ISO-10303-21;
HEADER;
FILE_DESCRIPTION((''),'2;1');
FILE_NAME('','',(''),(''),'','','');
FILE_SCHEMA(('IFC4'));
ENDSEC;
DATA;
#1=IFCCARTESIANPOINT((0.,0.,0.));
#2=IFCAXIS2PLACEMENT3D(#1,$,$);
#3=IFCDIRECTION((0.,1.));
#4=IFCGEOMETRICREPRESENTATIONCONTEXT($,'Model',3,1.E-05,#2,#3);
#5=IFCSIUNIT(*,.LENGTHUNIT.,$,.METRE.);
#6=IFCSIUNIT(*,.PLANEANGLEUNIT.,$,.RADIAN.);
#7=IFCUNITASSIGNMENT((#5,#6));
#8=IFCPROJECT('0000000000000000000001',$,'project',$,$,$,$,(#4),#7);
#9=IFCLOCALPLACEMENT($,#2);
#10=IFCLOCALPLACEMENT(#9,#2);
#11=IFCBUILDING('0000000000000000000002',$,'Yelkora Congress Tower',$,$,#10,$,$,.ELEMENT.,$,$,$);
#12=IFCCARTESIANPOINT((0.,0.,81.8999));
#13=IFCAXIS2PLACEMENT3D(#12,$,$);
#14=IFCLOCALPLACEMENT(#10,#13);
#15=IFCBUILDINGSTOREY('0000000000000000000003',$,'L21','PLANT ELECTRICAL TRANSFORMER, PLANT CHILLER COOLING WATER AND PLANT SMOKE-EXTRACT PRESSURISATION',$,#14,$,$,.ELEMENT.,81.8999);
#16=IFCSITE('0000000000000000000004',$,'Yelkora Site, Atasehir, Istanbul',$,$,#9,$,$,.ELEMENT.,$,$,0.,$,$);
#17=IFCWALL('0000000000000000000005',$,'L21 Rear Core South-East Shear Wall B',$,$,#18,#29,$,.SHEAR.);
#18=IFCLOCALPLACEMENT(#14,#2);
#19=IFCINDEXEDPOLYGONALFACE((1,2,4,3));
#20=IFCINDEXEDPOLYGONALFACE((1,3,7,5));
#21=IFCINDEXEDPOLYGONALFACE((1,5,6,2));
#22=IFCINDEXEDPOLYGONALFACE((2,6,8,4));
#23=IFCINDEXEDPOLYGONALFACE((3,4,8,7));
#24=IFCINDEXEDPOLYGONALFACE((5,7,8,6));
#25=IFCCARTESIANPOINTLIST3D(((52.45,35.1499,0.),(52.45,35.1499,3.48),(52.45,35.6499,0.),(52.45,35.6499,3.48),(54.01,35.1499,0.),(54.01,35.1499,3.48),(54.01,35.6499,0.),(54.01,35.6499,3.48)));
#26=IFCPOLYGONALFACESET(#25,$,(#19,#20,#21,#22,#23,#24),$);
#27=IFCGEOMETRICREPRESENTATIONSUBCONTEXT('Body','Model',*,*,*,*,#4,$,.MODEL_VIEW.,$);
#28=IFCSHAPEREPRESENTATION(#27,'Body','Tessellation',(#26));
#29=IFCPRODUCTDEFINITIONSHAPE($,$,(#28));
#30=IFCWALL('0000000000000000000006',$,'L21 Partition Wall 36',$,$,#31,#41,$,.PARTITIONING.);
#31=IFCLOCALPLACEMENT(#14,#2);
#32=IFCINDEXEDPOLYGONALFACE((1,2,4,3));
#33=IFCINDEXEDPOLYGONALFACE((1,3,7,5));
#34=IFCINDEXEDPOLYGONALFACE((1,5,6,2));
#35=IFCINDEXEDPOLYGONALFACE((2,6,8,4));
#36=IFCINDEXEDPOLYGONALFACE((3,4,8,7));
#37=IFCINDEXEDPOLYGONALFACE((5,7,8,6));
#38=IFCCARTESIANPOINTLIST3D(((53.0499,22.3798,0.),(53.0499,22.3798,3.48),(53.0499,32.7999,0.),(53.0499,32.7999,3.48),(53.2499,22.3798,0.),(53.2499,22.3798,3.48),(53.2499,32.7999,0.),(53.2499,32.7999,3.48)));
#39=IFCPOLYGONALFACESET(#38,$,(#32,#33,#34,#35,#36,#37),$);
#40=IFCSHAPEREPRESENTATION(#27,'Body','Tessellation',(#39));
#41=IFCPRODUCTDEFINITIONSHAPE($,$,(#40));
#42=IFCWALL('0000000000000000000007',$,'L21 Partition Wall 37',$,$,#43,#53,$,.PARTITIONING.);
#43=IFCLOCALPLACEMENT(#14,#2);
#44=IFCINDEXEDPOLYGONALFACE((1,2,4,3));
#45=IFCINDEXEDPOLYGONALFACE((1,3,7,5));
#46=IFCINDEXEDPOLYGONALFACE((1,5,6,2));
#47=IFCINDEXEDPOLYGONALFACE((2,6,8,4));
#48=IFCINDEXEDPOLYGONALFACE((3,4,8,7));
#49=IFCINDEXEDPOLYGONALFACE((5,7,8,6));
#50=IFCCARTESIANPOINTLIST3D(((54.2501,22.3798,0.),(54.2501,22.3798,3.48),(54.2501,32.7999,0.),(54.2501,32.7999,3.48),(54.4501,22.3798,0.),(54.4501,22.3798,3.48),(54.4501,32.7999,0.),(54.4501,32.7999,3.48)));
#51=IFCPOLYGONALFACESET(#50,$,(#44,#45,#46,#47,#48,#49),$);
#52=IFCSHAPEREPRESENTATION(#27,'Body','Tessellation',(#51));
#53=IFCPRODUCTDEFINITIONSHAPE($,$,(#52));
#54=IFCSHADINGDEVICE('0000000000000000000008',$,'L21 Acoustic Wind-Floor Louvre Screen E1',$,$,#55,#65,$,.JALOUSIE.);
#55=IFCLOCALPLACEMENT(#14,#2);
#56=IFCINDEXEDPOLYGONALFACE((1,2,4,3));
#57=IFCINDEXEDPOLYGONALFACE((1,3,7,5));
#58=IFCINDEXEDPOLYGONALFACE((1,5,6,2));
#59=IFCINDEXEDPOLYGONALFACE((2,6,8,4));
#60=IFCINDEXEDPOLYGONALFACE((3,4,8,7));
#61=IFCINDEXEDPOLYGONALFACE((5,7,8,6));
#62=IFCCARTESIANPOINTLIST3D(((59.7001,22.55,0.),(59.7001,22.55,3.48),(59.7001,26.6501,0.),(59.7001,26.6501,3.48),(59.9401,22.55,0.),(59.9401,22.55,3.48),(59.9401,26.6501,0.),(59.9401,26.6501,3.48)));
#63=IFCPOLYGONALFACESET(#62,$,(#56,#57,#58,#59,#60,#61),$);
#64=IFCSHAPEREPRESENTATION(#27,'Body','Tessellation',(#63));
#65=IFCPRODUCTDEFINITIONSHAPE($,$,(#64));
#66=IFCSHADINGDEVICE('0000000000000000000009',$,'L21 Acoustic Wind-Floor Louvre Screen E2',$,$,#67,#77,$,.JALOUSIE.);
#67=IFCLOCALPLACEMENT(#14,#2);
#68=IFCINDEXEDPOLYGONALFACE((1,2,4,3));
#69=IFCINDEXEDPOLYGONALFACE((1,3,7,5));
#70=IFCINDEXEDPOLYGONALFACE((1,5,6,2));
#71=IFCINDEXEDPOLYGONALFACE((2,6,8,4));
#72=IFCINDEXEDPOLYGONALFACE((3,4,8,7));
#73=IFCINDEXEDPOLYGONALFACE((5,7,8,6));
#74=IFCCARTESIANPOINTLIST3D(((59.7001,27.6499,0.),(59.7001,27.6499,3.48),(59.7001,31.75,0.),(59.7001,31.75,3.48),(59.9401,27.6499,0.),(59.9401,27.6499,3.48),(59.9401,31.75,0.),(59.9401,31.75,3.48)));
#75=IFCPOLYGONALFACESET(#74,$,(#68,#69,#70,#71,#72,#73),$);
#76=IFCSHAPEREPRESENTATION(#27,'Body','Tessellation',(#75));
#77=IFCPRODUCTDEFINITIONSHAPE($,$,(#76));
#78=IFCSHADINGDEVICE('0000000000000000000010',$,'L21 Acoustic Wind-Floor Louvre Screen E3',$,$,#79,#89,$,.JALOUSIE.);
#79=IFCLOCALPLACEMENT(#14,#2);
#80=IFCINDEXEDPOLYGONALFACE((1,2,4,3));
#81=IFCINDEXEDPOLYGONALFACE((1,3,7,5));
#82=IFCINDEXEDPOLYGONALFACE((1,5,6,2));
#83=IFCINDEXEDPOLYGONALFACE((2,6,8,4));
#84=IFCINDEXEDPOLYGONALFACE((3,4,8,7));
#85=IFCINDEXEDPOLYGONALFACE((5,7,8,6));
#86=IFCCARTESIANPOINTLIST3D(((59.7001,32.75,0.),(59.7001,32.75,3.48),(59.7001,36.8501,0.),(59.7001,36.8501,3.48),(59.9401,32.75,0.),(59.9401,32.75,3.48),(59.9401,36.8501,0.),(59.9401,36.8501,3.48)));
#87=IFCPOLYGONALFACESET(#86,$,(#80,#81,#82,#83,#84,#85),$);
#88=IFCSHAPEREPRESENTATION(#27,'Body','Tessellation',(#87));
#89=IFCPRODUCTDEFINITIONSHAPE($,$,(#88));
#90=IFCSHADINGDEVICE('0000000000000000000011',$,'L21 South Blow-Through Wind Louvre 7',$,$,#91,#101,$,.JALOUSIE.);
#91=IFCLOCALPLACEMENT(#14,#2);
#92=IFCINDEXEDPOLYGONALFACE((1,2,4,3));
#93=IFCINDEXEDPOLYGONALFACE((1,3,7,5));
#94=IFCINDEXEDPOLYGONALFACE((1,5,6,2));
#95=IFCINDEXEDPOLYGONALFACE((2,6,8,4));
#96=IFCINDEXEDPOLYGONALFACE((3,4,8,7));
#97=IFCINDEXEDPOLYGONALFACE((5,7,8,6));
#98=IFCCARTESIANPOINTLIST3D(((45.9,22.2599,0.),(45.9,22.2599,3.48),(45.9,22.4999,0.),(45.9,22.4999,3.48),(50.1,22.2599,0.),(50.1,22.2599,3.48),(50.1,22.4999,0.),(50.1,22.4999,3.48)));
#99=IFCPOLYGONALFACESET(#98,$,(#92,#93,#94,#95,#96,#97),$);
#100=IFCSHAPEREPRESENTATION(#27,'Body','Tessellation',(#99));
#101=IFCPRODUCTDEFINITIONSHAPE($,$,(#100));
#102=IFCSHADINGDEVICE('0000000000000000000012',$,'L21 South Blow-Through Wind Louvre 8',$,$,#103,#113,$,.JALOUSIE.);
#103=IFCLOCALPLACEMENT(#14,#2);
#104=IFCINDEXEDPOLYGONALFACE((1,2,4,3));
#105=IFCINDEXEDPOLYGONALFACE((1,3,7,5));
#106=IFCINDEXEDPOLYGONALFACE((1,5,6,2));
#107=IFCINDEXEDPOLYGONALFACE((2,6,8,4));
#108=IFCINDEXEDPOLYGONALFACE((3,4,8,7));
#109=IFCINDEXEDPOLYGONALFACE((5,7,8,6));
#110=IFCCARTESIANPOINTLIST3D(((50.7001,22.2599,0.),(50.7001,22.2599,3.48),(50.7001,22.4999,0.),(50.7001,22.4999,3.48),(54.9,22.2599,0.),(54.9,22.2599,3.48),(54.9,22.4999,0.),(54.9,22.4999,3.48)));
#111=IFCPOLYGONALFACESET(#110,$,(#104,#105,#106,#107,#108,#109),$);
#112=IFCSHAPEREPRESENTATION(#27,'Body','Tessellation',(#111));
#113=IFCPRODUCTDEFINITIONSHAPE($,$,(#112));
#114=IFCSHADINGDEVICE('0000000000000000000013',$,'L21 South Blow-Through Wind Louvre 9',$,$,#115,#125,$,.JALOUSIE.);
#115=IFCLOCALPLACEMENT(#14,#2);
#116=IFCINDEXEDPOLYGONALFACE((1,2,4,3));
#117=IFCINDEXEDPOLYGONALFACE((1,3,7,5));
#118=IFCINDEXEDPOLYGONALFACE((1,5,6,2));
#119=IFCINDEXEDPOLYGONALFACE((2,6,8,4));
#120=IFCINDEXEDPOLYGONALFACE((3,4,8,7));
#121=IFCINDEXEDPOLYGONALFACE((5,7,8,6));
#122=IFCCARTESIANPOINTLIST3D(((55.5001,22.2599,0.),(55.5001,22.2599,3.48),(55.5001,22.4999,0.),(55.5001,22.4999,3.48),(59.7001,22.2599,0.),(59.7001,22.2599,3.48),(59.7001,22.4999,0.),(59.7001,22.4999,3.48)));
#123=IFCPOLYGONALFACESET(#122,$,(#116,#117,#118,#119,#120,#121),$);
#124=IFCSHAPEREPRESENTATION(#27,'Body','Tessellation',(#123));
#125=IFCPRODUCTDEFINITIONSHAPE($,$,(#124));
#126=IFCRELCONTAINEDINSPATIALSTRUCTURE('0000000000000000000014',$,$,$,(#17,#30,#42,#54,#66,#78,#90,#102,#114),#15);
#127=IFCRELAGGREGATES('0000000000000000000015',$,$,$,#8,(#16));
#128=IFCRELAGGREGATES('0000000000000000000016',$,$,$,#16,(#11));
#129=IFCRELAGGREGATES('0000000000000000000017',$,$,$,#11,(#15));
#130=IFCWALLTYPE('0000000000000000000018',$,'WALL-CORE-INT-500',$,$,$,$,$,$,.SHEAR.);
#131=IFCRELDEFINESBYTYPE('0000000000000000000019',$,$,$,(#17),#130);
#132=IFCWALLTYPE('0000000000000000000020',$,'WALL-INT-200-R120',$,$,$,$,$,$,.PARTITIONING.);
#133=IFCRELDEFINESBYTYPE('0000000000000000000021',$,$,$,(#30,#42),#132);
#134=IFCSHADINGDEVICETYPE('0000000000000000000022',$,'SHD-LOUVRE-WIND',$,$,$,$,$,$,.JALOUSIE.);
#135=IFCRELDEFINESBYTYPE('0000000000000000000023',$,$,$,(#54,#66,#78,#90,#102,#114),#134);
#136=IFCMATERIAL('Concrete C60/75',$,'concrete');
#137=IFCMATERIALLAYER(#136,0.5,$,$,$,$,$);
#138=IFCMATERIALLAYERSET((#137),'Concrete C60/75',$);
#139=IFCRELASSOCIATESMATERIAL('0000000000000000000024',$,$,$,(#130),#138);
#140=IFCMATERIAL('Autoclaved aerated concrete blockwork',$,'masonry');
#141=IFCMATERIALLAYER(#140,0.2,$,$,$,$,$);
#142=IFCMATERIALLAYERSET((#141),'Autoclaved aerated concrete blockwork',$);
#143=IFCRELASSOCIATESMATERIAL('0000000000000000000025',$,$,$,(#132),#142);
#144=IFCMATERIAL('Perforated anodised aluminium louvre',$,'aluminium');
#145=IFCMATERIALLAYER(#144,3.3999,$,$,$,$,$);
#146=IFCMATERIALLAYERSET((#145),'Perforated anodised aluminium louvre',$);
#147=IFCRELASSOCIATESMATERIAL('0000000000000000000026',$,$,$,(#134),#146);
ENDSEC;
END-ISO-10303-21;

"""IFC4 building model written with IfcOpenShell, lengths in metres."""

from ifc_helpers import new_model, si_unit, direction, frame, frame_2d, origin, origin_2d, place, context, subcontext, project, spatial, rectangle, extrude, material, layer, layer_set, type_object, element, save


model = new_model("IFC4")

# Units and contexts
model_context = context("Model", 3, precision=1e-05, world=origin(), true_north=direction((0.0, 1.0)))
body_context = subcontext(model_context, "Body", "Model", "MODEL_VIEW")
ifc_project = project(units=[si_unit("LENGTHUNIT", "METRE"), si_unit("PLANEANGLEUNIT", "RADIAN")], contexts=[model_context])

# Site, building, storey
site_placement = place(None, origin())
site = spatial("IfcSite", under=ifc_project, at=site_placement, Name="Yelkora Site, Atasehir, Istanbul", CompositionType="ELEMENT", RefElevation=0.0)
building_placement = place(site_placement, origin())
building = spatial("IfcBuilding", under=site, at=building_placement, Name="Yelkora Congress Tower", CompositionType="ELEMENT")
storey_placement = place(building_placement, frame((0.0, 0.0, 81.8999)))
storey = spatial("IfcBuildingStorey", under=building, at=storey_placement, Name="L21", Description="PLANT ELECTRICAL TRANSFORMER, PLANT CHILLER COOLING WATER AND PLANT SMOKE-EXTRACT PRESSURISATION", CompositionType="ELEMENT", Elevation=81.8999)

# Shared definitions
ifc_material_1 = material(Name="Concrete C60/75", Category="concrete")

# Wall
ifc_layer_1 = layer(ifc_material_1, 0.5)
ifc_layer_set_1 = layer_set([ifc_layer_1], Name="Concrete C60/75")
wall_type_1 = type_object("IfcWallType", Name="WALL-CORE-INT-500", PredefinedType="SHEAR", material=ifc_layer_set_1)
wall_1_placement = place(storey_placement, frame((52.45, 35.3999, 0.0), z_axis=(0.0, 0.0, 1.0), x_axis=(1.0, 0.0, 0.0)))
element("IfcWall", 1, at=wall_1_placement, inside=storey, type_object=wall_type_1, Name="L21 Rear Core South-East Shear Wall B", PredefinedType="SHEAR", context=body_context, shape_type="SweptSolid", body=[
    extrude(rectangle(XDim=1.5601, YDim=0.5, at=frame_2d((0.78, 0.0))), origin(), (0.0, 0.0, 1.0), 3.48),
])

# Shared definitions
ifc_material_2 = material(Name="Autoclaved aerated concrete blockwork", Category="masonry")
ifc_layer_2 = layer(ifc_material_2, 0.2)
ifc_layer_set_2 = layer_set([ifc_layer_2], Name="Autoclaved aerated concrete blockwork")
wall_type_2 = type_object("IfcWallType", Name="WALL-INT-200-R120", PredefinedType="PARTITIONING", material=ifc_layer_set_2)

# Walls
for number, where, z_axis, x_axis, name in (
    (2, (53.1499, 22.3799, 0.0), (0.0, 0.0, 1.0), (0.0, 1.0, 0.0), "L21 Partition Wall 36"),
    (3, (54.3501, 22.3799, 0.0), (0.0, 0.0, 1.0), (0.0, 1.0, 0.0), "L21 Partition Wall 37"),
):
    element("IfcWall", number, at=place(storey_placement, frame(where, z_axis=z_axis, x_axis=x_axis)), inside=storey, type_object=wall_type_2, Name=name, PredefinedType="PARTITIONING", context=body_context, shape_type="SweptSolid", body=[
        extrude(rectangle(XDim=10.4202, YDim=0.2, at=frame_2d((5.21, 0.0))), origin(), (0.0, 0.0, 1.0), 3.48),
    ])

# Shading devices
ifc_material_3 = material(Name="Perforated anodised aluminium louvre", Category="aluminium")
ifc_layer_3 = layer(ifc_material_3, 3.3999)
ifc_layer_set_3 = layer_set([ifc_layer_3], Name="Perforated anodised aluminium louvre")
shading_device_type = type_object("IfcShadingDeviceType", Name="SHD-LOUVRE-WIND", PredefinedType="JALOUSIE", material=ifc_layer_set_3)
for number, where, z_axis, x_axis, name in (
    (4, (59.8201, 24.6001, 0.0), (0.0, 0.0, 1.0), (1.0, 0.0, 0.0), "L21 Acoustic Wind-Floor Louvre Screen E1"),
    (5, (59.8201, 29.7, 0.0), (0.0, 0.0, 1.0), (1.0, 0.0, 0.0), "L21 Acoustic Wind-Floor Louvre Screen E2"),
    (6, (59.8201, 34.8, 0.0), (0.0, 0.0, 1.0), (1.0, 0.0, 0.0), "L21 Acoustic Wind-Floor Louvre Screen E3"),
):
    element("IfcShadingDevice", number, at=place(storey_placement, frame(where, z_axis=z_axis, x_axis=x_axis)), inside=storey, type_object=shading_device_type, Name=name, PredefinedType="JALOUSIE", context=body_context, shape_type="SweptSolid", body=[
        extrude(rectangle(XDim=0.24, YDim=4.1001, at=origin_2d()), origin(), (0.0, 0.0, 1.0), 3.48),
    ])
for number, where, z_axis, x_axis, name in (
    (7, (48.0, 22.3799, 0.0), (0.0, 0.0, 1.0), (1.0, 0.0, 0.0), "L21 South Blow-Through Wind Louvre 7"),
    (8, (52.8, 22.3799, 0.0), (0.0, 0.0, 1.0), (1.0, 0.0, 0.0), "L21 South Blow-Through Wind Louvre 8"),
    (9, (57.6001, 22.3799, 0.0), (0.0, 0.0, 1.0), (1.0, 0.0, 0.0), "L21 South Blow-Through Wind Louvre 9"),
):
    element("IfcShadingDevice", number, at=place(storey_placement, frame(where, z_axis=z_axis, x_axis=x_axis)), inside=storey, type_object=shading_device_type, Name=name, PredefinedType="JALOUSIE", context=body_context, shape_type="SweptSolid", body=[
        extrude(rectangle(XDim=4.2, YDim=0.24, at=origin_2d()), origin(), (0.0, 0.0, 1.0), 3.48),
    ])

save(model, "model.ifc")
